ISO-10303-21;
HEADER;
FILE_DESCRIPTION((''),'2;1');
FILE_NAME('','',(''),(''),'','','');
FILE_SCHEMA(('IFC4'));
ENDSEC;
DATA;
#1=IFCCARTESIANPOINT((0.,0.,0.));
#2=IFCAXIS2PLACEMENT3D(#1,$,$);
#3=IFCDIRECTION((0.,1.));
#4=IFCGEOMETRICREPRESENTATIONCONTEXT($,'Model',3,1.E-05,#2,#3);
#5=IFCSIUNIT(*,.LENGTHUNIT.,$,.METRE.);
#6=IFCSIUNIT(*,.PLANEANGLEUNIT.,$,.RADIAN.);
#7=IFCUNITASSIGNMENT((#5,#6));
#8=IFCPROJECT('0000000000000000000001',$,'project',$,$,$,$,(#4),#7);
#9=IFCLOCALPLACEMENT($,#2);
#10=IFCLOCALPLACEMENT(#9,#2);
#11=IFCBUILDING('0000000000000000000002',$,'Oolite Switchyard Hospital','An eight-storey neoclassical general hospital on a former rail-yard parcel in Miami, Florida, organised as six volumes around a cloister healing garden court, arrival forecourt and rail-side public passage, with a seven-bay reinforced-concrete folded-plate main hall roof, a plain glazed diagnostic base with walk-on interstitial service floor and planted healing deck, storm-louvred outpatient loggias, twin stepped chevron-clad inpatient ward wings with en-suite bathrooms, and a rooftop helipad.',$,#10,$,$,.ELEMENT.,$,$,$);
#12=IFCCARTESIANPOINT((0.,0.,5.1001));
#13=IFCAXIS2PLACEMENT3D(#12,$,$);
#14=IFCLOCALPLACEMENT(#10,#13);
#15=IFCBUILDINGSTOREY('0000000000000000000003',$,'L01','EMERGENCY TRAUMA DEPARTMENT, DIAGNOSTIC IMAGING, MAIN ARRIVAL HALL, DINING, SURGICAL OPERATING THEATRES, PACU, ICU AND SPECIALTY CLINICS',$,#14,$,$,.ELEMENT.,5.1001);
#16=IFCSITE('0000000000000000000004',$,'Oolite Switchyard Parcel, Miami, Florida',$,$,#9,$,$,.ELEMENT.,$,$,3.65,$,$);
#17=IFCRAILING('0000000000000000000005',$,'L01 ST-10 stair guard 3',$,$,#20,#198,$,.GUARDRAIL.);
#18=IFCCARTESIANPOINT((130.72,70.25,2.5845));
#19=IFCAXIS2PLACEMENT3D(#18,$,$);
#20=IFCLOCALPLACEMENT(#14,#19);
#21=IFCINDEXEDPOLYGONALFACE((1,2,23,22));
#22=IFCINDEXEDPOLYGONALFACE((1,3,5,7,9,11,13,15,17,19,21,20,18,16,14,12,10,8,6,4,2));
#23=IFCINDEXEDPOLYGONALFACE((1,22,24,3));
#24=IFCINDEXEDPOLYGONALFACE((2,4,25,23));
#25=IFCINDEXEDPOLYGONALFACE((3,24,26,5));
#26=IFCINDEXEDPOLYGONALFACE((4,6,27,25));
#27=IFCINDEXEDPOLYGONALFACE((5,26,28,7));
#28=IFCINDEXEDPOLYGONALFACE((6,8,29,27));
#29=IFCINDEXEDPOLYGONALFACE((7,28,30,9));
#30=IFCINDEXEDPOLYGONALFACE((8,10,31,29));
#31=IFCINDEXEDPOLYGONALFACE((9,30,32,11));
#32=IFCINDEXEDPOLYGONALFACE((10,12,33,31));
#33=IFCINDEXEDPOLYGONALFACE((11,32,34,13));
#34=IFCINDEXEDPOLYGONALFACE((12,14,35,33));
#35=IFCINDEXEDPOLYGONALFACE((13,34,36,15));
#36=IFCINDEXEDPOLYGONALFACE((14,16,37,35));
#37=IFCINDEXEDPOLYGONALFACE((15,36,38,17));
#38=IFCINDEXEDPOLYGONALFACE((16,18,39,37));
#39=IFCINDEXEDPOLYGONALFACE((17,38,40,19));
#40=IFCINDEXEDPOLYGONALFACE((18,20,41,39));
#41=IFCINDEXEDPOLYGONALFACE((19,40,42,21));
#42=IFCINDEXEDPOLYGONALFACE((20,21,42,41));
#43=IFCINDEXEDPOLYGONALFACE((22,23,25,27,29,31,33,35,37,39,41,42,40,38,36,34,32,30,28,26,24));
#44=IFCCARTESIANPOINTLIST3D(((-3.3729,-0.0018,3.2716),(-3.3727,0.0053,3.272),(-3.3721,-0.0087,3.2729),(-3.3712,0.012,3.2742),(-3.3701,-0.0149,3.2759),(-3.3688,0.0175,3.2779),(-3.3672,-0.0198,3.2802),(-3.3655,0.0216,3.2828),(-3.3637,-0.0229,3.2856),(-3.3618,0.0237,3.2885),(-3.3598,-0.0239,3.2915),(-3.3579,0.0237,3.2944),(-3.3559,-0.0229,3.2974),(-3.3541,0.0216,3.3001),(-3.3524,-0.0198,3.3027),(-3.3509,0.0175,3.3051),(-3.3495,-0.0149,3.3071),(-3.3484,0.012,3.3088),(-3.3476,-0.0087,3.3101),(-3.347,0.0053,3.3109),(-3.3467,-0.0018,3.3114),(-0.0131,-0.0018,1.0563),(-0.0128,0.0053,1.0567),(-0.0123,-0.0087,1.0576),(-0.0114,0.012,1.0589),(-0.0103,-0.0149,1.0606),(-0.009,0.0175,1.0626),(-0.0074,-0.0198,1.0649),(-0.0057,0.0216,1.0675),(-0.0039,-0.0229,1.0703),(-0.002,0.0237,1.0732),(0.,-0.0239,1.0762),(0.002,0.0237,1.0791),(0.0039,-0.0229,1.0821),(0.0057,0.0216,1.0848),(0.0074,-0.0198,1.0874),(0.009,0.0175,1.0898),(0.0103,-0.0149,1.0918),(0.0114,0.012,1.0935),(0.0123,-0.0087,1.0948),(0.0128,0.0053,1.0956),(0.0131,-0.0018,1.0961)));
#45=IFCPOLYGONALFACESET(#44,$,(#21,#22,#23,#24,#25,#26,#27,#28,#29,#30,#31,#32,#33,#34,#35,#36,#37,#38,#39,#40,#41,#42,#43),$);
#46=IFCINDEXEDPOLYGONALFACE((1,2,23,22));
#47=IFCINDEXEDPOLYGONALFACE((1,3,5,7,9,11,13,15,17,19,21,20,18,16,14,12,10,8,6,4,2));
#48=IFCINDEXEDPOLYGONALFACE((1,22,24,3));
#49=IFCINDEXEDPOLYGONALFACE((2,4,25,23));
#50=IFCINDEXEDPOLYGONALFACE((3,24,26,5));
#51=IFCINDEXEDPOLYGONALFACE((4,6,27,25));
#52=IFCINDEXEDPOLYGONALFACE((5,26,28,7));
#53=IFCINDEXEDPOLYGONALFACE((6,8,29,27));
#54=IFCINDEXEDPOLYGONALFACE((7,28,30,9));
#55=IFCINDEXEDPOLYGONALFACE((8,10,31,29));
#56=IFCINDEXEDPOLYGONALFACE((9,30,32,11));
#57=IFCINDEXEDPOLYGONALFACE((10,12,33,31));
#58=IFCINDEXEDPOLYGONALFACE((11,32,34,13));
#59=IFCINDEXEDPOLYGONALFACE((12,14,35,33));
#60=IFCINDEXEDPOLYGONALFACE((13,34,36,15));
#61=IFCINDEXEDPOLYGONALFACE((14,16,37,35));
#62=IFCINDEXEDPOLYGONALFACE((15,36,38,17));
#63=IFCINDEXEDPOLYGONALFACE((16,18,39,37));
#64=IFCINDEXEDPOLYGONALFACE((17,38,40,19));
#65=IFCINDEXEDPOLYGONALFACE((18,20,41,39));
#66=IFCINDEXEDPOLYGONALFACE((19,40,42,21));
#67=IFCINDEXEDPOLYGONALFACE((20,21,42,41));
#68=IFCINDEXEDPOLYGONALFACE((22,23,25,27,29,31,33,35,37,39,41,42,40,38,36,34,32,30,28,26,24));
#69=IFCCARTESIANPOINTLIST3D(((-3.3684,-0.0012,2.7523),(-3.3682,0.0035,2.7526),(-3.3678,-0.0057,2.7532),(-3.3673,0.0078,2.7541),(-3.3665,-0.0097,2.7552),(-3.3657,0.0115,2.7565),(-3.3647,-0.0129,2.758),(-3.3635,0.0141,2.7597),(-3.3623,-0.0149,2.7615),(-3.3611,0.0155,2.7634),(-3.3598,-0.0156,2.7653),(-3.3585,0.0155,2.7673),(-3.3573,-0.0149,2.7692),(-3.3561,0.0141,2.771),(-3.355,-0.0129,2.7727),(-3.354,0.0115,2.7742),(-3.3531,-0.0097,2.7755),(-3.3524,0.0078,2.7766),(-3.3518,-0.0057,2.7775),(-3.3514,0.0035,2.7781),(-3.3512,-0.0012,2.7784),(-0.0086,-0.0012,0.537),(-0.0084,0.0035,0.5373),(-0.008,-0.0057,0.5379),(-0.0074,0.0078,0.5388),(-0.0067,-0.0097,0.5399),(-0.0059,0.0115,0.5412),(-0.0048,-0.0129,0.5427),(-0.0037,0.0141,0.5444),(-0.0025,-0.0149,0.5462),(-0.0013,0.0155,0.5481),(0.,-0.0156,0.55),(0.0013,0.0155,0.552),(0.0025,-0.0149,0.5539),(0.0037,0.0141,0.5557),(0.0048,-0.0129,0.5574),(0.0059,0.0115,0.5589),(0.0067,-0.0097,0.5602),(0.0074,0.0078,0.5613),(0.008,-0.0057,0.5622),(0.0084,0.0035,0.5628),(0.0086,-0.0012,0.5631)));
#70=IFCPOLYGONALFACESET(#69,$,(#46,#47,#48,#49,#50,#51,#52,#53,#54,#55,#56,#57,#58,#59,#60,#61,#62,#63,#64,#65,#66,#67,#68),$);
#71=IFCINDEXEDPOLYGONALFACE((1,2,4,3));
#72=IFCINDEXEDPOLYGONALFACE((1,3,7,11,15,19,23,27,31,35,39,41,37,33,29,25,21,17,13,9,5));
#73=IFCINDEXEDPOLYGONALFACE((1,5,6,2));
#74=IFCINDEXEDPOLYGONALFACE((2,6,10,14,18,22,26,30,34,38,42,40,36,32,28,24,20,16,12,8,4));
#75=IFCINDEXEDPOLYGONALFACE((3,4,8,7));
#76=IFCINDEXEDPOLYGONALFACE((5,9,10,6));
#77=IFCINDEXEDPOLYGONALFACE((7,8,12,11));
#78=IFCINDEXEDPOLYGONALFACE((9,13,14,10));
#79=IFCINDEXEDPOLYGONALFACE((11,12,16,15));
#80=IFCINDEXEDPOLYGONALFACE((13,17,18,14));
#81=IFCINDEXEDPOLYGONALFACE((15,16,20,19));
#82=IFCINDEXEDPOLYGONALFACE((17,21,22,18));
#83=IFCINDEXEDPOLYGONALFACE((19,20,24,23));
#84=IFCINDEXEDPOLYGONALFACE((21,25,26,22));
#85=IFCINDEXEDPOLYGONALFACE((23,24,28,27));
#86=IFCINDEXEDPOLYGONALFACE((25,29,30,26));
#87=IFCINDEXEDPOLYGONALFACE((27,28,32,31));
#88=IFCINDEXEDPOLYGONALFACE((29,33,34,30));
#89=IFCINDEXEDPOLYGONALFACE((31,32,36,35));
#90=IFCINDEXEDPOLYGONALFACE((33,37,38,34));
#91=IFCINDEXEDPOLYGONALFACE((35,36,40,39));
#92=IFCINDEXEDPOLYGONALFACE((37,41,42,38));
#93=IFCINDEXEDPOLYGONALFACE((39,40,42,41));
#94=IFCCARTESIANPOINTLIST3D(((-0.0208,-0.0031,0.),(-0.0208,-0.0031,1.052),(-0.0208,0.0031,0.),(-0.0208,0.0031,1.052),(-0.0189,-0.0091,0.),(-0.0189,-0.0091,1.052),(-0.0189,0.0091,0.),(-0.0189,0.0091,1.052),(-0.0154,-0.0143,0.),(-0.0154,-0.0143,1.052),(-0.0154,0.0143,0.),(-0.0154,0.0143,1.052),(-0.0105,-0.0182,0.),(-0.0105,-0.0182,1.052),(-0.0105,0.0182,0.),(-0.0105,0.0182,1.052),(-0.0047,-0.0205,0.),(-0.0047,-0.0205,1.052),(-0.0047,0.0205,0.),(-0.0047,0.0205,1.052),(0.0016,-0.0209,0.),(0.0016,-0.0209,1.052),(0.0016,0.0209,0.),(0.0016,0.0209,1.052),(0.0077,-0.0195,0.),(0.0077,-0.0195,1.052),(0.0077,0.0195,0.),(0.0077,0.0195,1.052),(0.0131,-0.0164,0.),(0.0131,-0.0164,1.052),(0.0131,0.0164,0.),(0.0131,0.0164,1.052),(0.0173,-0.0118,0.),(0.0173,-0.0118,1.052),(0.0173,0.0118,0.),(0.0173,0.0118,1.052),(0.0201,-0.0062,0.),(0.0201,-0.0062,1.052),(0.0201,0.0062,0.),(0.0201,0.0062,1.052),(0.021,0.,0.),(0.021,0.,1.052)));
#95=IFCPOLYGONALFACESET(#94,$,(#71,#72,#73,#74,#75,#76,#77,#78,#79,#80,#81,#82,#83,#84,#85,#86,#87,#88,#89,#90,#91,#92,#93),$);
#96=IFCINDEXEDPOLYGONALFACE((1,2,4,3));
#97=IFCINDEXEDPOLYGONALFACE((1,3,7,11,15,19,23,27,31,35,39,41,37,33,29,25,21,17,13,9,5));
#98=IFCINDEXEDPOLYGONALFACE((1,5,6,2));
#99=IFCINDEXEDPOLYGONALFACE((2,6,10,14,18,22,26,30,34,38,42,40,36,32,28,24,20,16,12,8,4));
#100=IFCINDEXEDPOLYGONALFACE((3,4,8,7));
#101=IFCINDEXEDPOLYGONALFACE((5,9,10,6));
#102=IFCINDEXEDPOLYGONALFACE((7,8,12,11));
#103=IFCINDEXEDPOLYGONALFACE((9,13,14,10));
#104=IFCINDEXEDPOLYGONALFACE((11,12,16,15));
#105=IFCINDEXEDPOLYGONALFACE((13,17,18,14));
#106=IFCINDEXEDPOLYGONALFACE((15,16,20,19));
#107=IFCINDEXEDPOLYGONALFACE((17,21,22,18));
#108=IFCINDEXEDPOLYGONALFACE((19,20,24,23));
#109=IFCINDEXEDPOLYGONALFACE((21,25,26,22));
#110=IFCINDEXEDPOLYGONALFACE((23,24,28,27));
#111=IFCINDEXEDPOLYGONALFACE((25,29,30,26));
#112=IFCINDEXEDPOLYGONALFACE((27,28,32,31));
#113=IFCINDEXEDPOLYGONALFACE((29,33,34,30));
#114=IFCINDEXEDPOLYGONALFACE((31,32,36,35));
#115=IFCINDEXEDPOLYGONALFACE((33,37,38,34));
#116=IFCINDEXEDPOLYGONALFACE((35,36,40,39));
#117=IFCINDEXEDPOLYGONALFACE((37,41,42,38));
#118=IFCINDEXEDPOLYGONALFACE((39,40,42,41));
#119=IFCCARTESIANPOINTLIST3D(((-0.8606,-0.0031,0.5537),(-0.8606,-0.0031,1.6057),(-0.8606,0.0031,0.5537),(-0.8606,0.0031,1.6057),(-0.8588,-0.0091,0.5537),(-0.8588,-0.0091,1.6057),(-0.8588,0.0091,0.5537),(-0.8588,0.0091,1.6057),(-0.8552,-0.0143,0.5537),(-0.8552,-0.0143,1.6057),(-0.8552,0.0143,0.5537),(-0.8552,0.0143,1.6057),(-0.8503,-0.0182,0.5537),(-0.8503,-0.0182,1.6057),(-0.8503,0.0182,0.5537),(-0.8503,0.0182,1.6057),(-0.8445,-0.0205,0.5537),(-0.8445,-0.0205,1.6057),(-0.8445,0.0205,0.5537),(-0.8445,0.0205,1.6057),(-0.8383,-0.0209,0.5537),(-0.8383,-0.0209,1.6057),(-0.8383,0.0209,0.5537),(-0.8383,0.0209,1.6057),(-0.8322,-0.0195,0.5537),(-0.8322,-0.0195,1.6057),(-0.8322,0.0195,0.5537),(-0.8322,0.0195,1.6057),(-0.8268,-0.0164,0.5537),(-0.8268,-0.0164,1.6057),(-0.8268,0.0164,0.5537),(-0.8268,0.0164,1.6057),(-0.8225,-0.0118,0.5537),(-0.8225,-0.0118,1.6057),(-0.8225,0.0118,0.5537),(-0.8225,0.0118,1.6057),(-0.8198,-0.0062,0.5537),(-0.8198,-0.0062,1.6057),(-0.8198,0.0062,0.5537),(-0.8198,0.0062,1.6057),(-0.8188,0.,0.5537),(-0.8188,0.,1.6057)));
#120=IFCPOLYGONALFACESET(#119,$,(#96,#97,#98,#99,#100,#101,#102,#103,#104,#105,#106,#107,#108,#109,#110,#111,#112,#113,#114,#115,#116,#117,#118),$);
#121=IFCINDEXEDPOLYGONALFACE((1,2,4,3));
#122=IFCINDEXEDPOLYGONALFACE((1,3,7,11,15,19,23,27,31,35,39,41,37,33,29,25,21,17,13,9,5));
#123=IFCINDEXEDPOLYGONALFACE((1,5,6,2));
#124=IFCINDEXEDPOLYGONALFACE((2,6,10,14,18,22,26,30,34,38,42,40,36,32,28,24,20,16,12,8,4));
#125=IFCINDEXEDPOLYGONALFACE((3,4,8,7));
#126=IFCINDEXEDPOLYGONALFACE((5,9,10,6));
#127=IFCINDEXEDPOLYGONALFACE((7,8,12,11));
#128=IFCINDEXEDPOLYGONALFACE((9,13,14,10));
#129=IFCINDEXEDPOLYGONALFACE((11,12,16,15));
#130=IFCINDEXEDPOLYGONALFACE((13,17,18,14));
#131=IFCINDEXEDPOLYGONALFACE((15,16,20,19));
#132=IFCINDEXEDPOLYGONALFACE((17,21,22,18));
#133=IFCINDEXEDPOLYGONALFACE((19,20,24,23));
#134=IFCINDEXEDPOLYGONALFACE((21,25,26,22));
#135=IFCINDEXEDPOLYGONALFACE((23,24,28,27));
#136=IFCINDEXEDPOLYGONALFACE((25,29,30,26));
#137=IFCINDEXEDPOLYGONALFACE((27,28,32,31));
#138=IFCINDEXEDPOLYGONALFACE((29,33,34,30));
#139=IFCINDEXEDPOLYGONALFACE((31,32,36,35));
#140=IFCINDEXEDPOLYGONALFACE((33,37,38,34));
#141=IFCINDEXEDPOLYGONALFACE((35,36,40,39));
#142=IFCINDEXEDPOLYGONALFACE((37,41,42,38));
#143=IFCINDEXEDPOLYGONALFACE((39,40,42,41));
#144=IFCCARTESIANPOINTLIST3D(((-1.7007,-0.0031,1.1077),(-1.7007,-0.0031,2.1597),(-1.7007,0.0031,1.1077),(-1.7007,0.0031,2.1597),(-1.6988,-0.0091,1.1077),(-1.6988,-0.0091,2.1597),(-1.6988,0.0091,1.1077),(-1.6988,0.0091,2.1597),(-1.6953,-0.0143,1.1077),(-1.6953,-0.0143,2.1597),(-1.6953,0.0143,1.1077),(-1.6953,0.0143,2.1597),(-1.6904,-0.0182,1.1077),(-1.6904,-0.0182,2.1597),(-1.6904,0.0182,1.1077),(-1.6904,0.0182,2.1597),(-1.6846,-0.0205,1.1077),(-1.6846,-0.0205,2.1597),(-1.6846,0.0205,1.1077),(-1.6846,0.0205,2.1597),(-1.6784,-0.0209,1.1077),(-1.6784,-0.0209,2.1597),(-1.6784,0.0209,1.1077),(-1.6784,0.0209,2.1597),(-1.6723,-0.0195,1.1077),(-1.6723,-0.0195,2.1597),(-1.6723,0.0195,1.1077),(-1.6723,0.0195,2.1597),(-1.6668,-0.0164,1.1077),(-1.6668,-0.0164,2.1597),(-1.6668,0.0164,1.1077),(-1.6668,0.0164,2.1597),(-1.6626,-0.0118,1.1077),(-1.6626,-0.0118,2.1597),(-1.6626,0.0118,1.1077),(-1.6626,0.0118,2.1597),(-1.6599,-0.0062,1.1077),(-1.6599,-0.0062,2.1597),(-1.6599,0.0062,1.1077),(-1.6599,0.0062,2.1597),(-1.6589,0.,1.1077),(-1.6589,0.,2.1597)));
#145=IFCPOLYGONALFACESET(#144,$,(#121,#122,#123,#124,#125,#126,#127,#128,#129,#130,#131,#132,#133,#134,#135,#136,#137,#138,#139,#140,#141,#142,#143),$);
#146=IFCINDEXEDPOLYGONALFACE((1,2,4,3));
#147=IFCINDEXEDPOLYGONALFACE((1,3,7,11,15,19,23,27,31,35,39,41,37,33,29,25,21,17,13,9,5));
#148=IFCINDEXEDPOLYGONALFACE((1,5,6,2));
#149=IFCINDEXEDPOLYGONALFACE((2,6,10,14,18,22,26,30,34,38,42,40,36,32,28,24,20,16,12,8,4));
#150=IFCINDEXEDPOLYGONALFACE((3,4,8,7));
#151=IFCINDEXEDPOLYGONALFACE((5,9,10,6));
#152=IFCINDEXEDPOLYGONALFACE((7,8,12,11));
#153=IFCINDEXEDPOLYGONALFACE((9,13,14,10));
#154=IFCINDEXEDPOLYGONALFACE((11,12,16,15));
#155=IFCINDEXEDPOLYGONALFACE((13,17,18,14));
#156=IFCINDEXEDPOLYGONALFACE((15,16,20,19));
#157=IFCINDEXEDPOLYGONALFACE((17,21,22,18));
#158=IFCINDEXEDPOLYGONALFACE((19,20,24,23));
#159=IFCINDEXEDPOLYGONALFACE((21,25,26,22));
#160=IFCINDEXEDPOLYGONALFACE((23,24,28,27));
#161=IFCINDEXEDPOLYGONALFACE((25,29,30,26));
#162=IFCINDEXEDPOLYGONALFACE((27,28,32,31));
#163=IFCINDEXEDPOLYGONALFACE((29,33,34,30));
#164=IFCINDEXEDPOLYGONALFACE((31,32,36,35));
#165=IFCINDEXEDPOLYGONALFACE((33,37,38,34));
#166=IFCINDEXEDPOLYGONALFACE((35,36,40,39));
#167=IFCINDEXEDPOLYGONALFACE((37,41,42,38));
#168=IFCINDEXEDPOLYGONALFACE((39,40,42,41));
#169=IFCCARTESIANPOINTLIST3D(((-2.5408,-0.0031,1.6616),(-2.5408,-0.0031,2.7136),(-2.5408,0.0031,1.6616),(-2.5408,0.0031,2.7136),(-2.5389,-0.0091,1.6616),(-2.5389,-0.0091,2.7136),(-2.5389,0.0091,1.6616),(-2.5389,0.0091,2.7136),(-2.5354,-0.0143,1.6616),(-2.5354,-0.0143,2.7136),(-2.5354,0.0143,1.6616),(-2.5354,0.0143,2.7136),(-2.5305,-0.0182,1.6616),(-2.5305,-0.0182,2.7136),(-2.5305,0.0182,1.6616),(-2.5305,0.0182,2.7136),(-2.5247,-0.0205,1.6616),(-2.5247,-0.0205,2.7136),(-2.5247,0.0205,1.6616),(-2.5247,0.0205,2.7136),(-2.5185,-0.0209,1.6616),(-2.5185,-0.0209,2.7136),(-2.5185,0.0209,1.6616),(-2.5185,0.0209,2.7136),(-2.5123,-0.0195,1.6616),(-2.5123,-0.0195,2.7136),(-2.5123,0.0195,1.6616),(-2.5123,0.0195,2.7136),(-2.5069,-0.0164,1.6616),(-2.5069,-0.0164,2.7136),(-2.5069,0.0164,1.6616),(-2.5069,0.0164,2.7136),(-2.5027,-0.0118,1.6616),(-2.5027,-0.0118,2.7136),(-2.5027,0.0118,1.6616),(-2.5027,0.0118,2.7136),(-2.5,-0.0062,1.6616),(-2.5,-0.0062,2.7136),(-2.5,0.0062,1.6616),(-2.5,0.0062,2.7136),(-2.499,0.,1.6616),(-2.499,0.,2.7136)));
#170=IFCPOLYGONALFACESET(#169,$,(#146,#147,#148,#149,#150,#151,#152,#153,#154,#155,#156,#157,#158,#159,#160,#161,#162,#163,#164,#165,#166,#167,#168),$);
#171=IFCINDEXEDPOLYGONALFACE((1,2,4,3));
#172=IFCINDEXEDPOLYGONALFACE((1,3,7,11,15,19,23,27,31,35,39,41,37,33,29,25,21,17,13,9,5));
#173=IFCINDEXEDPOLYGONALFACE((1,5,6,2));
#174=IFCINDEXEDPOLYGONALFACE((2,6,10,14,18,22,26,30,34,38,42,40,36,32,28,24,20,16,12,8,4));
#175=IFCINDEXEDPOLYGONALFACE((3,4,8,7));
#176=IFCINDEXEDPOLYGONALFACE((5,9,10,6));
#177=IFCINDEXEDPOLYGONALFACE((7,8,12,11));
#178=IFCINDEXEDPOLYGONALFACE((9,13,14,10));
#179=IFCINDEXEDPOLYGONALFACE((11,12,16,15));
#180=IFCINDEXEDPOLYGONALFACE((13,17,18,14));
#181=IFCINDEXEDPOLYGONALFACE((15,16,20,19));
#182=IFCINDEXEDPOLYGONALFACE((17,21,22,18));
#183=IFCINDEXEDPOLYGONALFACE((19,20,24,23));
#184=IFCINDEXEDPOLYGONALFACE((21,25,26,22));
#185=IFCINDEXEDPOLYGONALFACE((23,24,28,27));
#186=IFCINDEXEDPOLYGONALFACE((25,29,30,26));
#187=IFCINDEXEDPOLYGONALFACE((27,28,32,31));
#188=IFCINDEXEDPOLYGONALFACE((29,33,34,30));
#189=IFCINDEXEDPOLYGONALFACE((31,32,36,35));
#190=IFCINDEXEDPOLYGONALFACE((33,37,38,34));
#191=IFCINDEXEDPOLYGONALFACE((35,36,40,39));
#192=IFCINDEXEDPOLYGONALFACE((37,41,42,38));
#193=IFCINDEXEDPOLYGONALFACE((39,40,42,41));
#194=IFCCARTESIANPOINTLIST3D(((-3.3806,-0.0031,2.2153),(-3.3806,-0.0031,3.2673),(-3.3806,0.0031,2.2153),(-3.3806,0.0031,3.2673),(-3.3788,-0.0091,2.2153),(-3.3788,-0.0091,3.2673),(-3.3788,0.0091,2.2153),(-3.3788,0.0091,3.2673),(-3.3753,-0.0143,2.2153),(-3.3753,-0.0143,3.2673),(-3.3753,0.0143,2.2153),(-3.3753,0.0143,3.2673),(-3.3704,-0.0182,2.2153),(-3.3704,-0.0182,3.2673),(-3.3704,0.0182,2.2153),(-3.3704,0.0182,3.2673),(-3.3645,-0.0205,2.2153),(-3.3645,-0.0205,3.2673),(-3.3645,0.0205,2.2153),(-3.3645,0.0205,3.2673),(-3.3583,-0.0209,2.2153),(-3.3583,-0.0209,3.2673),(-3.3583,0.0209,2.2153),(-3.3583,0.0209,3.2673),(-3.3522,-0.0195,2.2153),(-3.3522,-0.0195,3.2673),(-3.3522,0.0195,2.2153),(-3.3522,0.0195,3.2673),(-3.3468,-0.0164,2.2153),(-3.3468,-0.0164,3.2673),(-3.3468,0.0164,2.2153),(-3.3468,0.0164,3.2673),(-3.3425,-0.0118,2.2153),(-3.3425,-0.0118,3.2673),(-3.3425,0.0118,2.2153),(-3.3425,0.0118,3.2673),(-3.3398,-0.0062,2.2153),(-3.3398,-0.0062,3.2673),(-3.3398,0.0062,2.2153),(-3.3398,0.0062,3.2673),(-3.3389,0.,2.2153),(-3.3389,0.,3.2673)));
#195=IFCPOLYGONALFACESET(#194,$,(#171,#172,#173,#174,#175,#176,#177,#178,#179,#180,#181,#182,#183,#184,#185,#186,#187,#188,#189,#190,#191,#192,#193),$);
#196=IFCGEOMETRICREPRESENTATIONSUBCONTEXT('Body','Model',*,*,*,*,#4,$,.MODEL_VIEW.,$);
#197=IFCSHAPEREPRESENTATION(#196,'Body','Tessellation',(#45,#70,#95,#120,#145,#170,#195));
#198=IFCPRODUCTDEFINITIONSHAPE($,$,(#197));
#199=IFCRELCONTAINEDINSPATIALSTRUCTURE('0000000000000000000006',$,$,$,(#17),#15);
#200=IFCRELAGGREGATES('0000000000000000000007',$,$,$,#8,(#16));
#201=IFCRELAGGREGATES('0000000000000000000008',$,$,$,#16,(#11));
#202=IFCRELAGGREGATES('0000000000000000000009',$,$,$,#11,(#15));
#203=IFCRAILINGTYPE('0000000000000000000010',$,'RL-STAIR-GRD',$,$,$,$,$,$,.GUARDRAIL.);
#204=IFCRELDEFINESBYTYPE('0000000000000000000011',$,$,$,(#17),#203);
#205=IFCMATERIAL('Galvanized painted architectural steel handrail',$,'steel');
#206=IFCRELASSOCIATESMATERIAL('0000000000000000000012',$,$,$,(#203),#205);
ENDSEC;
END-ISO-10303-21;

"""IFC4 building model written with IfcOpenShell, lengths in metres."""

from ifc_helpers import new_model, si_unit, direction, frame, origin, origin_2d, place, context, subcontext, project, spatial, circle, extrude, material, type_object, element, save


model = new_model("IFC4")

# Units and contexts
model_context = context("Model", 3, precision=1e-05, world=origin(), true_north=direction((0.0, 1.0)))
body_context = subcontext(model_context, "Body", "Model", "MODEL_VIEW")
ifc_project = project(units=[si_unit("LENGTHUNIT", "METRE"), si_unit("PLANEANGLEUNIT", "RADIAN")], contexts=[model_context])

# Site, building, storey
site_placement = place(None, origin())
site = spatial("IfcSite", under=ifc_project, at=site_placement, Name="Oolite Switchyard Parcel, Miami, Florida", CompositionType="ELEMENT", RefElevation=3.65)
building_placement = place(site_placement, origin())
building = spatial("IfcBuilding", under=site, at=building_placement, Name="Oolite Switchyard Hospital", Description="An eight-storey neoclassical general hospital on a former rail-yard parcel in Miami, Florida, organised as six volumes around a cloister healing garden court, arrival forecourt and rail-side public passage, with a seven-bay reinforced-concrete folded-plate main hall roof, a plain glazed diagnostic base with walk-on interstitial service floor and planted healing deck, storm-louvred outpatient loggias, twin stepped chevron-clad inpatient ward wings with en-suite bathrooms, and a rooftop helipad.", CompositionType="ELEMENT")
storey_placement = place(building_placement, frame((0.0, 0.0, 5.1001)))
storey = spatial("IfcBuildingStorey", under=building, at=storey_placement, Name="L01", Description="EMERGENCY TRAUMA DEPARTMENT, DIAGNOSTIC IMAGING, MAIN ARRIVAL HALL, DINING, SURGICAL OPERATING THEATRES, PACU, ICU AND SPECIALTY CLINICS", CompositionType="ELEMENT", Elevation=5.1001)

# Railing
ifc_material_1 = material(Name="Galvanized painted architectural steel handrail", Category="steel")
railing_type_1 = type_object("IfcRailingType", Name="RL-STAIR-GRD", PredefinedType="GUARDRAIL", material=ifc_material_1)
railing_1_placement = place(storey_placement, frame((130.72, 70.25, 2.5845)))
element("IfcRailing", 1, at=railing_1_placement, inside=storey, type_object=railing_type_1, Name="L01 ST-10 stair guard 3", PredefinedType="GUARDRAIL", context=body_context, shape_type="SweptSolid", body=[
    extrude(circle(Radius=0.0239, at=origin_2d()), frame((0.0, 0.0, 1.0762), z_axis=(-0.834858, 0.0, 0.550465), x_axis=(0.0, -1.0, 0.0)), (0.0, 0.0, 1.0), 4.0244),
    extrude(circle(Radius=0.0156, at=origin_2d()), frame((0.0, 0.0, 0.55), z_axis=(-0.834858, 0.0, 0.550465), x_axis=(0.0, -1.0, 0.0)), (0.0, 0.0, 1.0), 4.0244),
    extrude(circle(Radius=0.021, at=origin_2d()), origin(), (0.0, 0.0, 1.0), 1.052),
    extrude(circle(Radius=0.021, at=origin_2d()), frame((-0.8398, 0.0, 0.5537)), (0.0, 0.0, 1.0), 1.052),
    extrude(circle(Radius=0.021, at=origin_2d()), frame((-1.6799, 0.0, 1.1077)), (0.0, 0.0, 1.0), 1.052),
    extrude(circle(Radius=0.021, at=origin_2d()), frame((-2.52, 0.0, 1.6616)), (0.0, 0.0, 1.0), 1.052),
    extrude(circle(Radius=0.021, at=origin_2d()), frame((-3.3599, 0.0, 2.2153)), (0.0, 0.0, 1.0), 1.052),
])

save(model, "model.ifc")
